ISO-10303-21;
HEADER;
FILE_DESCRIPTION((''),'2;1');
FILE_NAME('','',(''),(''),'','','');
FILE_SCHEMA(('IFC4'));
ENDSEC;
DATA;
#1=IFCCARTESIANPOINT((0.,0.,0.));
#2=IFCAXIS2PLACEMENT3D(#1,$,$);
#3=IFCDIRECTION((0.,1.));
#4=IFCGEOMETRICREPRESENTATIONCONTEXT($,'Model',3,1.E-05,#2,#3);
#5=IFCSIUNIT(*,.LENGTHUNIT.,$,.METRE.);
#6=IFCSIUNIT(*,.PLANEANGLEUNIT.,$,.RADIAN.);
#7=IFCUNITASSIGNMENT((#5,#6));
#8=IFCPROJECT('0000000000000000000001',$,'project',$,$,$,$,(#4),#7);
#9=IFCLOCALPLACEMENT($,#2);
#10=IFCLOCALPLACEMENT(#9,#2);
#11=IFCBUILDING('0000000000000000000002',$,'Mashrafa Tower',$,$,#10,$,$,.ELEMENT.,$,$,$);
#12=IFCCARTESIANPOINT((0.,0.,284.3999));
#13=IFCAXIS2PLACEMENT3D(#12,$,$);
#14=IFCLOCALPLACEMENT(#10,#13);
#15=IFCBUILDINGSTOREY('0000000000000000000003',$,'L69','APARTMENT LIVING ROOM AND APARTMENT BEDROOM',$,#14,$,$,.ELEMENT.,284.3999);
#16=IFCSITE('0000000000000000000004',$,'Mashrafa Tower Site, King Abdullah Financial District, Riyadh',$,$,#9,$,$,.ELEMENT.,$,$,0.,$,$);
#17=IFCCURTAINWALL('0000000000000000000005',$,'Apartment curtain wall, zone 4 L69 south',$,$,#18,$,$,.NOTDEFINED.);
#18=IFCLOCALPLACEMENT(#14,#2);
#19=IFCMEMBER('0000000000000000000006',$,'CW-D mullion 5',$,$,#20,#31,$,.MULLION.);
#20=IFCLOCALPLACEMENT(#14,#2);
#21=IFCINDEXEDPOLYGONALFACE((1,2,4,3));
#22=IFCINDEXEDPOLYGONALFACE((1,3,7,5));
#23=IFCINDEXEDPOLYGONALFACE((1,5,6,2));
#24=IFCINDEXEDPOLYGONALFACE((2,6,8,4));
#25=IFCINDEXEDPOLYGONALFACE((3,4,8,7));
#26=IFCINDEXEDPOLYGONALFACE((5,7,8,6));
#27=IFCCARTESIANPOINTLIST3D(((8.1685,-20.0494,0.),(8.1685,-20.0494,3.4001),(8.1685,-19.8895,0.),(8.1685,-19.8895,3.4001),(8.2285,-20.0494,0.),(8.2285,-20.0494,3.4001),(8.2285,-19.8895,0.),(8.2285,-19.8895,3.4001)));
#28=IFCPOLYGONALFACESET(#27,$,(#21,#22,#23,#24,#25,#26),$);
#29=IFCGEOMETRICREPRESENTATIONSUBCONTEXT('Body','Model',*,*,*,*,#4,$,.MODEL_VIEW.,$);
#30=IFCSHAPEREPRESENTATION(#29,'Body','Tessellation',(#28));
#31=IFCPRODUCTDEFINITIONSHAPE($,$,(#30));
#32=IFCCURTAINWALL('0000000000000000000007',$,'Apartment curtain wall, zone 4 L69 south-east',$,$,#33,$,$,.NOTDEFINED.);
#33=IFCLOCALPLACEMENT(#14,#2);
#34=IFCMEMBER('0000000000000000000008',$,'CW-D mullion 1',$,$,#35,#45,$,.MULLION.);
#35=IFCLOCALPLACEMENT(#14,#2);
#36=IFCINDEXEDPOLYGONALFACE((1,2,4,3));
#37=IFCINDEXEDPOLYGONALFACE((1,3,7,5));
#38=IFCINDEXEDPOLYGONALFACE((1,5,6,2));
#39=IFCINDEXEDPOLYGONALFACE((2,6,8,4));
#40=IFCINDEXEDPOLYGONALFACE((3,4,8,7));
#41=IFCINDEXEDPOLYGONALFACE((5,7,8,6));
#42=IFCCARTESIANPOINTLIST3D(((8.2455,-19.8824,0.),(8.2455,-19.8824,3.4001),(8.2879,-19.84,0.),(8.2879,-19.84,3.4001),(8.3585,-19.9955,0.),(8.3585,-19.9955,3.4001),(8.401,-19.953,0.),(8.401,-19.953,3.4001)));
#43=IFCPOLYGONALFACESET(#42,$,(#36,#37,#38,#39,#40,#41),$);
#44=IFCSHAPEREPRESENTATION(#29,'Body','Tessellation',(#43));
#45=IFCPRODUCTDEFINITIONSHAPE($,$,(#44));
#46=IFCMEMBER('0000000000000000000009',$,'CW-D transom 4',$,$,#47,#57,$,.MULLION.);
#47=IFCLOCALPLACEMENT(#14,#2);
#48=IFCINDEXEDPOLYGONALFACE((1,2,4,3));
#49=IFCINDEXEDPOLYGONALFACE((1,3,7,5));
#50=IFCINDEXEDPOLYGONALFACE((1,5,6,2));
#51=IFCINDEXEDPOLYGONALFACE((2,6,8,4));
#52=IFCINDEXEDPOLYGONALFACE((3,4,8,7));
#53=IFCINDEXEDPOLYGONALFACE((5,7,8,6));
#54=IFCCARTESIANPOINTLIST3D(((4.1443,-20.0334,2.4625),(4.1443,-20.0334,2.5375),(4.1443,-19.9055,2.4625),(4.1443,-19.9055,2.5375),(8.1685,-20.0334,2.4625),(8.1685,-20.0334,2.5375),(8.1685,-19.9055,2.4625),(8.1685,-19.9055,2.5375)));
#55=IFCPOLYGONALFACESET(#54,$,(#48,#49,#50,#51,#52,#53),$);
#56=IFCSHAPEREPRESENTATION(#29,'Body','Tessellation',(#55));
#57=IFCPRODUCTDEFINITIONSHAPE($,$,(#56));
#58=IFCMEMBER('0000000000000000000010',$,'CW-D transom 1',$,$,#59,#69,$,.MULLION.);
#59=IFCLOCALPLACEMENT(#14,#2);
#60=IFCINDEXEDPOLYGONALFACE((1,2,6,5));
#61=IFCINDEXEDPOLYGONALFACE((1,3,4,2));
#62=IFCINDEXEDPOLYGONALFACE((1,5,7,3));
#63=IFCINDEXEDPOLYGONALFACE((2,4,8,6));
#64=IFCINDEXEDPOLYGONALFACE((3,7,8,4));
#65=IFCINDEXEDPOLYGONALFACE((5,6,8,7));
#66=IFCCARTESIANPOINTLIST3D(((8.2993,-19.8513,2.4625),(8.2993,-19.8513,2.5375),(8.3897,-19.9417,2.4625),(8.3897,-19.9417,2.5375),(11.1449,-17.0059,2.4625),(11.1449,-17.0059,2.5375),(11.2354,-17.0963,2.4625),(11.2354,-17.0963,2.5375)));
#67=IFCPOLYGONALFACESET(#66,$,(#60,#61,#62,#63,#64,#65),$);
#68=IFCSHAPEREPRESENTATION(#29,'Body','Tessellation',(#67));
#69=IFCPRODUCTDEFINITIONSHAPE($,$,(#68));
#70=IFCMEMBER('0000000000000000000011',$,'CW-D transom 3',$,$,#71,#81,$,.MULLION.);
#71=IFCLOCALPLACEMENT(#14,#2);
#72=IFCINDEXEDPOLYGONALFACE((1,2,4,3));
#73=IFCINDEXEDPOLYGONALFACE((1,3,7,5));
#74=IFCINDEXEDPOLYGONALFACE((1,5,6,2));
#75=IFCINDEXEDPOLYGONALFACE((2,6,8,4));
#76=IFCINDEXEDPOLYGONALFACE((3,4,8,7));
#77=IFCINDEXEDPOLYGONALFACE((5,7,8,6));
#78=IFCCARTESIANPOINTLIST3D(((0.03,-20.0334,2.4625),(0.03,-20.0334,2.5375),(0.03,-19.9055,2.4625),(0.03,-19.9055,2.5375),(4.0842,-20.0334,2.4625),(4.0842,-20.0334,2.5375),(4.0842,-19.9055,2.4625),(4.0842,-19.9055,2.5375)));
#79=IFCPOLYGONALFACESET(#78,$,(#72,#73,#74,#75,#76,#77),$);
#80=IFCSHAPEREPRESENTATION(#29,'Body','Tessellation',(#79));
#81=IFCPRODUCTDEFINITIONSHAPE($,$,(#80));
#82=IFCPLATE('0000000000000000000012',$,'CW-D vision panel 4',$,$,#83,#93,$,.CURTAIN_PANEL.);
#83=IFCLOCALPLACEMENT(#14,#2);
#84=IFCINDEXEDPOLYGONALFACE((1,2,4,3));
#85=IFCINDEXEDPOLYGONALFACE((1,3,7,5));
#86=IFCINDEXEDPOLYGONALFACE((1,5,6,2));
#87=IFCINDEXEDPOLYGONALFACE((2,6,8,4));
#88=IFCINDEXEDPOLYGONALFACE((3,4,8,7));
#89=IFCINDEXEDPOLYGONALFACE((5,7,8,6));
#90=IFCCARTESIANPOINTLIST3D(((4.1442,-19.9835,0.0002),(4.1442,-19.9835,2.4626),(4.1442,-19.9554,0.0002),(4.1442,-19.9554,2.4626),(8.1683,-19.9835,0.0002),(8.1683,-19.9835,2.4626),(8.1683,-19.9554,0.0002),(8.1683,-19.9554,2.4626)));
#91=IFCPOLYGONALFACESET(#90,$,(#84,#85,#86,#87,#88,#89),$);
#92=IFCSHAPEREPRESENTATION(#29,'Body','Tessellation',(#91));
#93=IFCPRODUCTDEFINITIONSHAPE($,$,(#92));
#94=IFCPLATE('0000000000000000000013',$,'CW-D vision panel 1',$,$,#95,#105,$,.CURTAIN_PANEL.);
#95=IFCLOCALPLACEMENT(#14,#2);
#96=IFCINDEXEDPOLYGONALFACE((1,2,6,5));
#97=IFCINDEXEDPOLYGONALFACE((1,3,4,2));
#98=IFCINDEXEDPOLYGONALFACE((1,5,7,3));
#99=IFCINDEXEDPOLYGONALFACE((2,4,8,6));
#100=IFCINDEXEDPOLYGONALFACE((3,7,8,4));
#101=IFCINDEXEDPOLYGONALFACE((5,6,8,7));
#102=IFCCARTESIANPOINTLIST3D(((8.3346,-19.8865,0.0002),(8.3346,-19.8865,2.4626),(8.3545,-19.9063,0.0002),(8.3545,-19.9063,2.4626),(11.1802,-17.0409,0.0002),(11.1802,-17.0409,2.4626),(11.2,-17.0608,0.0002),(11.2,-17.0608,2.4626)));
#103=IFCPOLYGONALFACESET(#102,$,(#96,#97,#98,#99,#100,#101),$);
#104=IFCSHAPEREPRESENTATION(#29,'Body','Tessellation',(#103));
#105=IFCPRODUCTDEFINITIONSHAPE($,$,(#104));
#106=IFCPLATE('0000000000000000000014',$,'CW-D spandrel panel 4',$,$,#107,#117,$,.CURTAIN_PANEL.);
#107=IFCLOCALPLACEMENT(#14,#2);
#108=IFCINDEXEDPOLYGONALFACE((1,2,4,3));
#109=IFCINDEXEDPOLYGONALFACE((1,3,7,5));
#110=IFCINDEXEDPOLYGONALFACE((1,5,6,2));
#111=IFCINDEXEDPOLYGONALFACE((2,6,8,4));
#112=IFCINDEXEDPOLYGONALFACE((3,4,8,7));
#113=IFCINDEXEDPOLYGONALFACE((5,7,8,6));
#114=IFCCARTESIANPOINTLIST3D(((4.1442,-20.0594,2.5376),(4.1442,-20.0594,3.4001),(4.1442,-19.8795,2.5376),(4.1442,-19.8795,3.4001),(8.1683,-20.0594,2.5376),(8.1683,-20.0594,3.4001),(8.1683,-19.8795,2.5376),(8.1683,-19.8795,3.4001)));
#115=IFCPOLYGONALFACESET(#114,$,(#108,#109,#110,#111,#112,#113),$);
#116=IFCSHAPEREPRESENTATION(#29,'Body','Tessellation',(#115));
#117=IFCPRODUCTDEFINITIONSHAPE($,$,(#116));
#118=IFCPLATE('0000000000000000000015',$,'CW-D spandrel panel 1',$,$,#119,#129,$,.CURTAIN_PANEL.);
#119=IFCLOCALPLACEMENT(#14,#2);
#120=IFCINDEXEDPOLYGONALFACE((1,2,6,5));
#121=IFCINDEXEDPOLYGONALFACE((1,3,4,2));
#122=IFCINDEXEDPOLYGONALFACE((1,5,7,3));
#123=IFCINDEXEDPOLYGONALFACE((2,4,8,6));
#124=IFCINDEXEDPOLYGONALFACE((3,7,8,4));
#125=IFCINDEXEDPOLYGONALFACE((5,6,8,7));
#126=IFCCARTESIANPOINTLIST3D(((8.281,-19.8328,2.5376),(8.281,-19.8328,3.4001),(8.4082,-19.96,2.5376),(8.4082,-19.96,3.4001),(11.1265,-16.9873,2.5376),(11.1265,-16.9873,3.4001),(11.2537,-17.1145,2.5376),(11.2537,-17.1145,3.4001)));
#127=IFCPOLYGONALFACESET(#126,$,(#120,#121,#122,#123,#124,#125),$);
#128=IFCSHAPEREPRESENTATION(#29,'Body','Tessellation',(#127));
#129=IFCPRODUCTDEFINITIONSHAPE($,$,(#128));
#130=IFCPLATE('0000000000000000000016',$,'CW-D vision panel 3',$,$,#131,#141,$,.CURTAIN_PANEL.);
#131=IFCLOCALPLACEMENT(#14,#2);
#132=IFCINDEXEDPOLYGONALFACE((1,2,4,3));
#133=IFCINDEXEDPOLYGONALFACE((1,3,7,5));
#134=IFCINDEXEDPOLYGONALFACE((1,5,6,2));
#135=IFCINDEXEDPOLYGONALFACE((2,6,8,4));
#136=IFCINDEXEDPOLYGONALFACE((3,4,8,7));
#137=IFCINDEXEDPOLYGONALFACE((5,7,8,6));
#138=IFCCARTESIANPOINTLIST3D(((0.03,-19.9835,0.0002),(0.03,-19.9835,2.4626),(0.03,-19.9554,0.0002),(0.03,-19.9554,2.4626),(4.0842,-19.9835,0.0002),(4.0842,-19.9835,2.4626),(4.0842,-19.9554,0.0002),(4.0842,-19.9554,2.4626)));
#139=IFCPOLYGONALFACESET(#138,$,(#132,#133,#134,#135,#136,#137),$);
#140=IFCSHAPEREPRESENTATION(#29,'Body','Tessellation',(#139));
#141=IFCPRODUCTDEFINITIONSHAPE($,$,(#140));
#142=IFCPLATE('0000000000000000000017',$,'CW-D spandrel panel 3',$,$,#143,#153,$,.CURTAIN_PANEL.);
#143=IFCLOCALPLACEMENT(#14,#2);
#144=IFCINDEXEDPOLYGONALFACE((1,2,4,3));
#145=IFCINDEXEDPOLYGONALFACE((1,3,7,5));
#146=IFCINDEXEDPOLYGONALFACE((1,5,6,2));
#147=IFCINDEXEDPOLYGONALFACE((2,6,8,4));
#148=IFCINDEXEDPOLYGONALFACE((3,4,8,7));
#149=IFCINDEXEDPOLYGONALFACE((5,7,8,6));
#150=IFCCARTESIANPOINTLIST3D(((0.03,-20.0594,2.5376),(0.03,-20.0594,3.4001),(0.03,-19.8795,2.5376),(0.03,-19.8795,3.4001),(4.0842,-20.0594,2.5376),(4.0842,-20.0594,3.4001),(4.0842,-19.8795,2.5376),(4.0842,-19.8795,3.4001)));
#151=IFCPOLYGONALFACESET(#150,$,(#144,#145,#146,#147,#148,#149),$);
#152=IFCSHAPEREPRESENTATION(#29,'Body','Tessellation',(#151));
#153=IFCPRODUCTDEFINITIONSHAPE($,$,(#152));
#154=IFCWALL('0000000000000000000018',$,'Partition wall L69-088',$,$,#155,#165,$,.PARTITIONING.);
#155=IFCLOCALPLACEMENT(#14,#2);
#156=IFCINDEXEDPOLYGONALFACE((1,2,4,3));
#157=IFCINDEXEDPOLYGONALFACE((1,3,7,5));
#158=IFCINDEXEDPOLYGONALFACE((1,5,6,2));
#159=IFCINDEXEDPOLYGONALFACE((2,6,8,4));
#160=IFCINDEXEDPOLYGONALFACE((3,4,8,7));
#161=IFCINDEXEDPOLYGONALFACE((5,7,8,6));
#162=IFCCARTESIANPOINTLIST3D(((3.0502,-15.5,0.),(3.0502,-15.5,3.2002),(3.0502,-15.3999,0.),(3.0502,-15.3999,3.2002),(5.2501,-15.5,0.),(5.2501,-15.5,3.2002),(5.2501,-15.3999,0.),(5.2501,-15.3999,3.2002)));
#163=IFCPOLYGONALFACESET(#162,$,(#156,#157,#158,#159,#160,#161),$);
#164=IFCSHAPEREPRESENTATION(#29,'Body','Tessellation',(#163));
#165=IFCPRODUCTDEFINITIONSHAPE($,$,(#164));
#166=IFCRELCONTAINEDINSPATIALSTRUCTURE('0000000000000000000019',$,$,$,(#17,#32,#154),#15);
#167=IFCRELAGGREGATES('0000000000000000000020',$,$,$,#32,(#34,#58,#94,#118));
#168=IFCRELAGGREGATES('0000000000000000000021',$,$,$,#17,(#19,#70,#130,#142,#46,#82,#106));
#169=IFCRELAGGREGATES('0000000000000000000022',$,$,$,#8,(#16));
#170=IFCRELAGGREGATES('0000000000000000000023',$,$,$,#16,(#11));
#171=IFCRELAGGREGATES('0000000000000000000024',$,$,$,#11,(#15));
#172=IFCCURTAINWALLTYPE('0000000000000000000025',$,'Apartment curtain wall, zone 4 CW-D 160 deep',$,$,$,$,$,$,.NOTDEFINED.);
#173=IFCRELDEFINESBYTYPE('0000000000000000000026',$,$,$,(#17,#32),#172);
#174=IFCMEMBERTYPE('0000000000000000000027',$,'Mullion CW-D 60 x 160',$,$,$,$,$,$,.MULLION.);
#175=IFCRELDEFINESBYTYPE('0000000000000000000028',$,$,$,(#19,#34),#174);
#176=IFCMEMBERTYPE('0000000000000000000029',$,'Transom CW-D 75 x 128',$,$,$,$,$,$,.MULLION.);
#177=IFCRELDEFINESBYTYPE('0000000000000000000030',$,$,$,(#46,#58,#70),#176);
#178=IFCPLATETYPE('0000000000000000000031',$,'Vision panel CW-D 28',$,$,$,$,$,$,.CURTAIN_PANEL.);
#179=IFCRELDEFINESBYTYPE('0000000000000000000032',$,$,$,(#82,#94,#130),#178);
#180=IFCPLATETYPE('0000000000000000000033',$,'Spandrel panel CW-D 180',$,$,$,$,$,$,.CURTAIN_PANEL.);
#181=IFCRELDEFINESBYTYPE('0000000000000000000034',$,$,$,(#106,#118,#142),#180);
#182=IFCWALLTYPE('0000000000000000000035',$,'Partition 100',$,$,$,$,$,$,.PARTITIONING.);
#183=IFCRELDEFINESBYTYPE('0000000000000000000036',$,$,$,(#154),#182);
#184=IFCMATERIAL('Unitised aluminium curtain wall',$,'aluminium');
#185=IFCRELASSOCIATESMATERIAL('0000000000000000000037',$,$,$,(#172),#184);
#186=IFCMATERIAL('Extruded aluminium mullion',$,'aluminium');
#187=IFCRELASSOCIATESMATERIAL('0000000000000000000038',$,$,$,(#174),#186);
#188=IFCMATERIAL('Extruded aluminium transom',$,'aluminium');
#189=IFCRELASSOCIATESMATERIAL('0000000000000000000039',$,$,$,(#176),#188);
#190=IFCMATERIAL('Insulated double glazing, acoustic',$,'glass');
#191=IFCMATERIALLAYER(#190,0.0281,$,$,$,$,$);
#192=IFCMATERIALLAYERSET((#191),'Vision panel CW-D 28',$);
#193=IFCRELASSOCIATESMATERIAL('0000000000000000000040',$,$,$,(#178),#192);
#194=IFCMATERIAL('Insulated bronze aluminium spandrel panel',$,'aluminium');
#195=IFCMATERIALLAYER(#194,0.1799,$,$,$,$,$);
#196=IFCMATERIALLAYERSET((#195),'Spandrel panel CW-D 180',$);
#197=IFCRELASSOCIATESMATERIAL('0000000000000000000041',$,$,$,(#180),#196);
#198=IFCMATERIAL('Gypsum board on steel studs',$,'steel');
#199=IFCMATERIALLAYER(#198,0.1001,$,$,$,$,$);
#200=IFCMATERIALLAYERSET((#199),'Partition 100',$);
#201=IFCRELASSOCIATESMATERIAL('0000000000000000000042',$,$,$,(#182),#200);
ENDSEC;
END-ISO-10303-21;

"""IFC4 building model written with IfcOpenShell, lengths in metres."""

from ifc_helpers import new_model, si_unit, direction, frame, frame_2d, origin, origin_2d, place, context, subcontext, project, spatial, rectangle, extrude, source, transform, mapped, material, layer, layer_set, material_profile, profile_set, type_object, type_shapes, element, aggregate, save


model = new_model("IFC4")

# Units and contexts
model_context = context("Model", 3, precision=1e-05, world=origin(), true_north=direction((0.0, 1.0)))
body_context = subcontext(model_context, "Body", "Model", "MODEL_VIEW")
ifc_project = project(units=[si_unit("LENGTHUNIT", "METRE"), si_unit("PLANEANGLEUNIT", "RADIAN")], contexts=[model_context])

# Site, building, storey
site_placement = place(None, origin())
site = spatial("IfcSite", under=ifc_project, at=site_placement, Name="Mashrafa Tower Site, King Abdullah Financial District, Riyadh", CompositionType="ELEMENT", RefElevation=0.0)
building_placement = place(site_placement, origin())
building = spatial("IfcBuilding", under=site, at=building_placement, Name="Mashrafa Tower", CompositionType="ELEMENT")
storey_placement = place(building_placement, frame((0.0, 0.0, 284.3999)))
storey = spatial("IfcBuildingStorey", under=building, at=storey_placement, Name="L69", Description="APARTMENT LIVING ROOM AND APARTMENT BEDROOM", CompositionType="ELEMENT", Elevation=284.3999)

# Curtain wall, member
ifc_material_1 = material(Name="Unitised aluminium curtain wall", Category="aluminium")
curtain_wall_type = type_object("IfcCurtainWallType", Name="Apartment curtain wall, zone 4 CW-D 160 deep", PredefinedType="NOTDEFINED", material=ifc_material_1)
curtain_wall_1_placement = place(storey_placement, origin())
curtain_wall_1 = element("IfcCurtainWall", 1, at=curtain_wall_1_placement, inside=storey, type_object=curtain_wall_type, Name="Apartment curtain wall, zone 4 L69 south", PredefinedType="NOTDEFINED")
ifc_material_2 = material(Name="Extruded aluminium mullion", Category="aluminium")
ifc_material_profile_1 = material_profile(ifc_material_2, rectangle(XDim=0.1599, YDim=0.0601, at=origin_2d()), Name="Mullion 60x160")
ifc_profile_set_1 = profile_set([ifc_material_profile_1], Name="Extruded aluminium mullion")
member_type_1 = type_object("IfcMemberType", Name="Mullion CW-D 60 x 160", PredefinedType="MULLION", material=ifc_profile_set_1)
shared_shape_1 = source(origin(), body_context, "Body", "SweptSolid", [
    extrude(rectangle(XDim=0.1599, YDim=0.0601, at=origin_2d()), origin(), (0.0, 0.0, 1.0), 3.4001),
])
type_shapes(member_type_1, [shared_shape_1])
member_1_placement = place(storey_placement, frame((8.1985, -19.9695, 0.0), z_axis=(0.0, 0.0, 1.0), x_axis=(0.0, 1.0, 0.0)))
member_1 = element("IfcMember", 2, at=member_1_placement, type_object=member_type_1, Name="CW-D mullion 5", PredefinedType="MULLION", context=body_context, shape_type="MappedRepresentation", body=[
    mapped(shared_shape_1, transform((0.0, 0.0, 0.0))),
])

# Curtain wall, member
curtain_wall_2_placement = place(storey_placement, origin())
curtain_wall_2 = element("IfcCurtainWall", 3, at=curtain_wall_2_placement, inside=storey, type_object=curtain_wall_type, Name="Apartment curtain wall, zone 4 L69 south-east", PredefinedType="NOTDEFINED")
member_2_placement = place(storey_placement, frame((8.3232, -19.9177, 0.0), z_axis=(0.0, 0.0, 1.0), x_axis=(-0.707107, 0.707107, 0.0)))
member_2 = element("IfcMember", 4, at=member_2_placement, type_object=member_type_1, Name="CW-D mullion 1", PredefinedType="MULLION", context=body_context, shape_type="MappedRepresentation", body=[
    mapped(shared_shape_1, transform((0.0, 0.0, 0.0))),
])

# Members
ifc_material_3 = material(Name="Extruded aluminium transom", Category="aluminium")
ifc_material_profile_2 = material_profile(ifc_material_3, rectangle(XDim=0.1279, YDim=0.075, at=origin_2d()), Name="Transom 75x128")
ifc_profile_set_2 = profile_set([ifc_material_profile_2], Name="Extruded aluminium transom")
member_type_2 = type_object("IfcMemberType", Name="Transom CW-D 75 x 128", PredefinedType="MULLION", material=ifc_profile_set_2)
shared_shape_2 = source(origin(), body_context, "Body", "SweptSolid", [
    extrude(rectangle(XDim=0.1279, YDim=0.075, at=origin_2d()), origin(), (0.0, 0.0, 1.0), 4.0242),
])
member_3_placement = place(storey_placement, frame((4.1443, -19.9695, 2.5), z_axis=(1.0, 0.0, 0.0), x_axis=(0.0, 1.0, 0.0)))
member_3 = element("IfcMember", 5, at=member_3_placement, type_object=member_type_2, Name="CW-D transom 4", PredefinedType="MULLION", context=body_context, shape_type="MappedRepresentation", body=[
    mapped(shared_shape_2, transform((0.0, 0.0, 0.0))),
])
member_4_placement = place(storey_placement, frame((8.3445, -19.8965, 2.5), z_axis=(0.707137, 0.707076, 0.0), x_axis=(-0.707076, 0.707137, 0.0)))
member_4 = element("IfcMember", 6, at=member_4_placement, type_object=member_type_2, Name="CW-D transom 1", PredefinedType="MULLION", context=body_context, shape_type="MappedRepresentation", body=[
    mapped(shared_shape_2, transform((0.0, 0.0, 0.0))),
])
shared_shape_3 = source(origin(), body_context, "Body", "SweptSolid", [
    extrude(rectangle(XDim=0.1279, YDim=0.075, at=origin_2d()), origin(), (0.0, 0.0, 1.0), 4.0542),
])
type_shapes(member_type_2, [shared_shape_2, shared_shape_3])
member_5_placement = place(storey_placement, frame((0.03, -19.9695, 2.5), z_axis=(1.0, 0.0, 0.0), x_axis=(0.0, 1.0, 0.0)))
member_5 = element("IfcMember", 7, at=member_5_placement, type_object=member_type_2, Name="CW-D transom 3", PredefinedType="MULLION", context=body_context, shape_type="MappedRepresentation", body=[
    mapped(shared_shape_3, transform((0.0, 0.0, 0.0))),
])

# Plates
ifc_material_4 = material(Name="Insulated double glazing, acoustic", Category="glass")
ifc_layer_1 = layer(ifc_material_4, 0.0281)
ifc_layer_set_1 = layer_set([ifc_layer_1], Name="Vision panel CW-D 28")
plate_type_1 = type_object("IfcPlateType", Name="Vision panel CW-D 28", PredefinedType="CURTAIN_PANEL", material=ifc_layer_set_1)
shared_shape_4 = source(origin(), body_context, "Body", "SweptSolid", [
    extrude(rectangle(XDim=4.0242, YDim=0.0281, at=origin_2d()), origin(), (0.0, 0.0, 1.0), 2.4624),
])
plate_1_placement = place(storey_placement, frame((6.1562, -19.9695, 0.0002), z_axis=(0.0, 0.0, 1.0), x_axis=(1.0, 0.0, 0.0)))
plate_1 = element("IfcPlate", 8, at=plate_1_placement, type_object=plate_type_1, Name="CW-D vision panel 4", PredefinedType="CURTAIN_PANEL", context=body_context, shape_type="MappedRepresentation", body=[
    mapped(shared_shape_4, transform((0.0, 0.0, 0.0))),
])
plate_2_placement = place(storey_placement, frame((9.7673, -18.4736, 0.0002), z_axis=(0.0, 0.0, 1.0), x_axis=(0.707107, 0.707107, 0.0)))
plate_2 = element("IfcPlate", 9, at=plate_2_placement, type_object=plate_type_1, Name="CW-D vision panel 1", PredefinedType="CURTAIN_PANEL", context=body_context, shape_type="MappedRepresentation", body=[
    mapped(shared_shape_4, transform((0.0, 0.0, 0.0))),
])
ifc_material_5 = material(Name="Insulated bronze aluminium spandrel panel", Category="aluminium")
ifc_layer_2 = layer(ifc_material_5, 0.1799)
ifc_layer_set_2 = layer_set([ifc_layer_2], Name="Spandrel panel CW-D 180")
plate_type_2 = type_object("IfcPlateType", Name="Spandrel panel CW-D 180", PredefinedType="CURTAIN_PANEL", material=ifc_layer_set_2)
shared_shape_5 = source(origin(), body_context, "Body", "SweptSolid", [
    extrude(rectangle(XDim=4.0242, YDim=0.1799, at=origin_2d()), origin(), (0.0, 0.0, 1.0), 0.8625),
])
plate_3_placement = place(storey_placement, frame((6.1562, -19.9695, 2.5376), z_axis=(0.0, 0.0, 1.0), x_axis=(1.0, 0.0, 0.0)))
plate_3 = element("IfcPlate", 10, at=plate_3_placement, type_object=plate_type_2, Name="CW-D spandrel panel 4", PredefinedType="CURTAIN_PANEL", context=body_context, shape_type="MappedRepresentation", body=[
    mapped(shared_shape_5, transform((0.0, 0.0, 0.0))),
])
plate_4_placement = place(storey_placement, frame((9.7673, -18.4736, 2.5376), z_axis=(0.0, 0.0, 1.0), x_axis=(0.707107, 0.707107, 0.0)))
plate_4 = element("IfcPlate", 11, at=plate_4_placement, type_object=plate_type_2, Name="CW-D spandrel panel 1", PredefinedType="CURTAIN_PANEL", context=body_context, shape_type="MappedRepresentation", body=[
    mapped(shared_shape_5, transform((0.0, 0.0, 0.0))),
])
aggregate(curtain_wall_2, [member_2, member_4, plate_2, plate_4])
shared_shape_6 = source(origin(), body_context, "Body", "SweptSolid", [
    extrude(rectangle(XDim=4.0542, YDim=0.0281, at=origin_2d()), origin(), (0.0, 0.0, 1.0), 2.4624),
])
type_shapes(plate_type_1, [shared_shape_4, shared_shape_6])
plate_5_placement = place(storey_placement, frame((2.0571, -19.9695, 0.0002), z_axis=(0.0, 0.0, 1.0), x_axis=(1.0, 0.0, 0.0)))
plate_5 = element("IfcPlate", 12, at=plate_5_placement, type_object=plate_type_1, Name="CW-D vision panel 3", PredefinedType="CURTAIN_PANEL", context=body_context, shape_type="MappedRepresentation", body=[
    mapped(shared_shape_6, transform((0.0, 0.0, 0.0))),
])
shared_shape_7 = source(origin(), body_context, "Body", "SweptSolid", [
    extrude(rectangle(XDim=4.0542, YDim=0.1799, at=origin_2d()), origin(), (0.0, 0.0, 1.0), 0.8625),
])
type_shapes(plate_type_2, [shared_shape_5, shared_shape_7])
plate_6_placement = place(storey_placement, frame((2.0571, -19.9695, 2.5376), z_axis=(0.0, 0.0, 1.0), x_axis=(1.0, 0.0, 0.0)))
plate_6 = element("IfcPlate", 13, at=plate_6_placement, type_object=plate_type_2, Name="CW-D spandrel panel 3", PredefinedType="CURTAIN_PANEL", context=body_context, shape_type="MappedRepresentation", body=[
    mapped(shared_shape_7, transform((0.0, 0.0, 0.0))),
])
aggregate(curtain_wall_1, [member_1, member_5, plate_5, plate_6, member_3, plate_1, plate_3])

# Wall
ifc_material_6 = material(Name="Gypsum board on steel studs", Category="steel")
ifc_layer_3 = layer(ifc_material_6, 0.1001)
ifc_layer_set_3 = layer_set([ifc_layer_3], Name="Partition 100")
wall_type = type_object("IfcWallType", Name="Partition 100", PredefinedType="PARTITIONING", material=ifc_layer_set_3)
wall_1_placement = place(storey_placement, frame((3.05, -15.45, 0.0), z_axis=(0.0, 0.0, 1.0), x_axis=(1.0, 0.0, 0.0)))
element("IfcWall", 14, at=wall_1_placement, inside=storey, type_object=wall_type, Name="Partition wall L69-088", PredefinedType="PARTITIONING", context=body_context, shape_type="SweptSolid", body=[
    extrude(rectangle(XDim=2.2, YDim=0.1001, at=frame_2d((1.1001, 0.0))), origin(), (0.0, 0.0, 1.0), 3.2002),
])

save(model, "model.ifc")
